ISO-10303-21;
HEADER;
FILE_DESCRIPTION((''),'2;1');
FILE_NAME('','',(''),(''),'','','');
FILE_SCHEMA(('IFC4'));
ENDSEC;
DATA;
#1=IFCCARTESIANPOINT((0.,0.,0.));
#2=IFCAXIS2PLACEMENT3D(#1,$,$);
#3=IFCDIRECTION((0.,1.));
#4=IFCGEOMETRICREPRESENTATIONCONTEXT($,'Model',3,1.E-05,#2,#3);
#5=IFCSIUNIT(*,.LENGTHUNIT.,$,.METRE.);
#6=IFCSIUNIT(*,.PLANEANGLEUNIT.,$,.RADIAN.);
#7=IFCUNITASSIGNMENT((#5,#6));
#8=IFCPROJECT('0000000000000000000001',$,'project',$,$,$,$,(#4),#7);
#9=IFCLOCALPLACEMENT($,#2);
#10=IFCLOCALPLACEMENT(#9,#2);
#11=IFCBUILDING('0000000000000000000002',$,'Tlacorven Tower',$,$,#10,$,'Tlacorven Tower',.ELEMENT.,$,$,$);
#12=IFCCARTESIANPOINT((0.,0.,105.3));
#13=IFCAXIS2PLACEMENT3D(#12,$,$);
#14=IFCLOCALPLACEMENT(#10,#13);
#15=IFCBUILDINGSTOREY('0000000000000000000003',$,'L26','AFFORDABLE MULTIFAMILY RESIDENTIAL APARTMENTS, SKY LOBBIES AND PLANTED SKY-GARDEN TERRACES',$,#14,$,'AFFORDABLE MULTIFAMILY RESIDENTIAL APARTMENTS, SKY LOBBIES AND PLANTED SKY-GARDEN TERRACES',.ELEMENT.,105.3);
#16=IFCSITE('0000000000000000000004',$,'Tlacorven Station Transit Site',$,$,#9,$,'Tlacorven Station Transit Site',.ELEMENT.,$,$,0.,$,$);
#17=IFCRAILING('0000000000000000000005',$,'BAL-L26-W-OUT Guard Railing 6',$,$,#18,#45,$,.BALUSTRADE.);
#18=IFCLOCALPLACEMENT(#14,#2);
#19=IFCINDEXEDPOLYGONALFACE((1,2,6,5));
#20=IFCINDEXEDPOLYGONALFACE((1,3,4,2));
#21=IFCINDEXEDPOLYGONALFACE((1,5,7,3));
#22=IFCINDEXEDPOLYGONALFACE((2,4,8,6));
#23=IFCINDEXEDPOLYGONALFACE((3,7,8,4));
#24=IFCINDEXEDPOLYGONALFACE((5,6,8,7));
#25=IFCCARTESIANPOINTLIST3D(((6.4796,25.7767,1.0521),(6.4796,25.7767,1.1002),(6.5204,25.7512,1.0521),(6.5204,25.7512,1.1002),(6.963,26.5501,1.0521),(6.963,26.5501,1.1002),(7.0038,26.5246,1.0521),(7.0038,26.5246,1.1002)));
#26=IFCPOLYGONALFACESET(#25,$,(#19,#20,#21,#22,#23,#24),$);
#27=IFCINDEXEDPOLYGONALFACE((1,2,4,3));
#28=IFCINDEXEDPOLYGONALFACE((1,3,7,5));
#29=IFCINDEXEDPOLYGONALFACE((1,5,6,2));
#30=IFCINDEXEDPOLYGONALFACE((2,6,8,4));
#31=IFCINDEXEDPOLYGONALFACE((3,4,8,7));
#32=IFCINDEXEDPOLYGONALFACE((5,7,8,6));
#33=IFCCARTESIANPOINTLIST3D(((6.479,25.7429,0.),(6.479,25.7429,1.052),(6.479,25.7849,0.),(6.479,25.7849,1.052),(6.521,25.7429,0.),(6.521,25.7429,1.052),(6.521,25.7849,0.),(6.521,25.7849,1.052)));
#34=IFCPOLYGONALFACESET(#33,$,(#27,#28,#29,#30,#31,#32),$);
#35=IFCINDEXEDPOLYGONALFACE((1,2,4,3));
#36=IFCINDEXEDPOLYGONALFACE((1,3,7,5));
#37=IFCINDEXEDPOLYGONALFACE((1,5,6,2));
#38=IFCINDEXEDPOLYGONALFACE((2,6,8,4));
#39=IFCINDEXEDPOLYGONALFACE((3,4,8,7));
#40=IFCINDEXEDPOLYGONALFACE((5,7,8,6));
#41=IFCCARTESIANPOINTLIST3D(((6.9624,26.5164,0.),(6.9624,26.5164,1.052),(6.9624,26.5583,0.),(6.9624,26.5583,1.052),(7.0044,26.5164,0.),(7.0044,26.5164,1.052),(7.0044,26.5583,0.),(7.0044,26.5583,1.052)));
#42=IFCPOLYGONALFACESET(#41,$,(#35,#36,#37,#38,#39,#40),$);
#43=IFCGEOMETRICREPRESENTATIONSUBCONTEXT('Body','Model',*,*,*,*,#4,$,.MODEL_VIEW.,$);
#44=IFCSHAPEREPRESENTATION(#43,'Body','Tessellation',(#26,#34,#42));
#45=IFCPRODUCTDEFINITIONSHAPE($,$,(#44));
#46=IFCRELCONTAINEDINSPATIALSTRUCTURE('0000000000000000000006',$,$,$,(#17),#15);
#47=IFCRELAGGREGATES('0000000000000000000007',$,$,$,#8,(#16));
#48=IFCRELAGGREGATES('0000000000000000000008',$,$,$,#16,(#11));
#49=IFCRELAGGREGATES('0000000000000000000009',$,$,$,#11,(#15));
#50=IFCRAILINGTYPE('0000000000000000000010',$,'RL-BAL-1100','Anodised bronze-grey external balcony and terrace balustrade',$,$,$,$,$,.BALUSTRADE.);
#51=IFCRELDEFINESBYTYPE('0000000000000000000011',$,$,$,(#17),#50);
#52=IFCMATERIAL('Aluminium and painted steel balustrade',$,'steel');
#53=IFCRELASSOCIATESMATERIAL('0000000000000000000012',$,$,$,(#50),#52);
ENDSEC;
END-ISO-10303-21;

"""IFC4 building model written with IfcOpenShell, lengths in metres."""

from ifc_helpers import new_model, si_unit, direction, frame, origin, origin_2d, place, context, subcontext, project, spatial, rectangle, extrude, source, transform, mapped, material, type_object, element, save


model = new_model("IFC4")

# Units and contexts
model_context = context("Model", 3, precision=1e-05, world=origin(), true_north=direction((0.0, 1.0)))
body_context = subcontext(model_context, "Body", "Model", "MODEL_VIEW")
ifc_project = project(units=[si_unit("LENGTHUNIT", "METRE"), si_unit("PLANEANGLEUNIT", "RADIAN")], contexts=[model_context])

# Site, building, storey
site_placement = place(None, origin())
site = spatial("IfcSite", under=ifc_project, at=site_placement, Name="Tlacorven Station Transit Site", LongName="Tlacorven Station Transit Site", CompositionType="ELEMENT", RefElevation=0.0)
building_placement = place(site_placement, origin())
building = spatial("IfcBuilding", under=site, at=building_placement, Name="Tlacorven Tower", LongName="Tlacorven Tower", CompositionType="ELEMENT")
storey_placement = place(building_placement, frame((0.0, 0.0, 105.3)))
storey = spatial("IfcBuildingStorey", under=building, at=storey_placement, Name="L26", Description="AFFORDABLE MULTIFAMILY RESIDENTIAL APARTMENTS, SKY LOBBIES AND PLANTED SKY-GARDEN TERRACES", LongName="AFFORDABLE MULTIFAMILY RESIDENTIAL APARTMENTS, SKY LOBBIES AND PLANTED SKY-GARDEN TERRACES", CompositionType="ELEMENT", Elevation=105.3)

# Railing
ifc_material_1 = material(Name="Aluminium and painted steel balustrade", Category="steel")
railing_type = type_object("IfcRailingType", Name="RL-BAL-1100", Description="Anodised bronze-grey external balcony and terrace balustrade", PredefinedType="BALUSTRADE", material=ifc_material_1)
shared_shape_1 = source(origin(), body_context, "Body", "SweptSolid", [
    extrude(rectangle(XDim=0.0481, YDim=0.0481, at=origin_2d()), frame((0.0, 0.0, 1.0762), z_axis=(0.529999, 0.847998, 0.0), x_axis=(-0.847998, 0.529999, 0.0)), (0.0, 0.0, 1.0), 0.9121),
    extrude(rectangle(XDim=0.042, YDim=0.042, at=origin_2d()), origin(), (0.0, 0.0, 1.0), 1.052),
    extrude(rectangle(XDim=0.042, YDim=0.042, at=origin_2d()), frame((0.4834, 0.7734, 0.0)), (0.0, 0.0, 1.0), 1.052),
])
railing_1_placement = place(storey_placement, frame((6.5, 25.7639, 0.0)))
element("IfcRailing", 1, at=railing_1_placement, inside=storey, type_object=railing_type, Name="BAL-L26-W-OUT Guard Railing 6", PredefinedType="BALUSTRADE", context=body_context, shape_type="MappedRepresentation", body=[
    mapped(shared_shape_1, transform((0.0, 0.0, 0.0), scale=1.0)),
])

save(model, "model.ifc")
